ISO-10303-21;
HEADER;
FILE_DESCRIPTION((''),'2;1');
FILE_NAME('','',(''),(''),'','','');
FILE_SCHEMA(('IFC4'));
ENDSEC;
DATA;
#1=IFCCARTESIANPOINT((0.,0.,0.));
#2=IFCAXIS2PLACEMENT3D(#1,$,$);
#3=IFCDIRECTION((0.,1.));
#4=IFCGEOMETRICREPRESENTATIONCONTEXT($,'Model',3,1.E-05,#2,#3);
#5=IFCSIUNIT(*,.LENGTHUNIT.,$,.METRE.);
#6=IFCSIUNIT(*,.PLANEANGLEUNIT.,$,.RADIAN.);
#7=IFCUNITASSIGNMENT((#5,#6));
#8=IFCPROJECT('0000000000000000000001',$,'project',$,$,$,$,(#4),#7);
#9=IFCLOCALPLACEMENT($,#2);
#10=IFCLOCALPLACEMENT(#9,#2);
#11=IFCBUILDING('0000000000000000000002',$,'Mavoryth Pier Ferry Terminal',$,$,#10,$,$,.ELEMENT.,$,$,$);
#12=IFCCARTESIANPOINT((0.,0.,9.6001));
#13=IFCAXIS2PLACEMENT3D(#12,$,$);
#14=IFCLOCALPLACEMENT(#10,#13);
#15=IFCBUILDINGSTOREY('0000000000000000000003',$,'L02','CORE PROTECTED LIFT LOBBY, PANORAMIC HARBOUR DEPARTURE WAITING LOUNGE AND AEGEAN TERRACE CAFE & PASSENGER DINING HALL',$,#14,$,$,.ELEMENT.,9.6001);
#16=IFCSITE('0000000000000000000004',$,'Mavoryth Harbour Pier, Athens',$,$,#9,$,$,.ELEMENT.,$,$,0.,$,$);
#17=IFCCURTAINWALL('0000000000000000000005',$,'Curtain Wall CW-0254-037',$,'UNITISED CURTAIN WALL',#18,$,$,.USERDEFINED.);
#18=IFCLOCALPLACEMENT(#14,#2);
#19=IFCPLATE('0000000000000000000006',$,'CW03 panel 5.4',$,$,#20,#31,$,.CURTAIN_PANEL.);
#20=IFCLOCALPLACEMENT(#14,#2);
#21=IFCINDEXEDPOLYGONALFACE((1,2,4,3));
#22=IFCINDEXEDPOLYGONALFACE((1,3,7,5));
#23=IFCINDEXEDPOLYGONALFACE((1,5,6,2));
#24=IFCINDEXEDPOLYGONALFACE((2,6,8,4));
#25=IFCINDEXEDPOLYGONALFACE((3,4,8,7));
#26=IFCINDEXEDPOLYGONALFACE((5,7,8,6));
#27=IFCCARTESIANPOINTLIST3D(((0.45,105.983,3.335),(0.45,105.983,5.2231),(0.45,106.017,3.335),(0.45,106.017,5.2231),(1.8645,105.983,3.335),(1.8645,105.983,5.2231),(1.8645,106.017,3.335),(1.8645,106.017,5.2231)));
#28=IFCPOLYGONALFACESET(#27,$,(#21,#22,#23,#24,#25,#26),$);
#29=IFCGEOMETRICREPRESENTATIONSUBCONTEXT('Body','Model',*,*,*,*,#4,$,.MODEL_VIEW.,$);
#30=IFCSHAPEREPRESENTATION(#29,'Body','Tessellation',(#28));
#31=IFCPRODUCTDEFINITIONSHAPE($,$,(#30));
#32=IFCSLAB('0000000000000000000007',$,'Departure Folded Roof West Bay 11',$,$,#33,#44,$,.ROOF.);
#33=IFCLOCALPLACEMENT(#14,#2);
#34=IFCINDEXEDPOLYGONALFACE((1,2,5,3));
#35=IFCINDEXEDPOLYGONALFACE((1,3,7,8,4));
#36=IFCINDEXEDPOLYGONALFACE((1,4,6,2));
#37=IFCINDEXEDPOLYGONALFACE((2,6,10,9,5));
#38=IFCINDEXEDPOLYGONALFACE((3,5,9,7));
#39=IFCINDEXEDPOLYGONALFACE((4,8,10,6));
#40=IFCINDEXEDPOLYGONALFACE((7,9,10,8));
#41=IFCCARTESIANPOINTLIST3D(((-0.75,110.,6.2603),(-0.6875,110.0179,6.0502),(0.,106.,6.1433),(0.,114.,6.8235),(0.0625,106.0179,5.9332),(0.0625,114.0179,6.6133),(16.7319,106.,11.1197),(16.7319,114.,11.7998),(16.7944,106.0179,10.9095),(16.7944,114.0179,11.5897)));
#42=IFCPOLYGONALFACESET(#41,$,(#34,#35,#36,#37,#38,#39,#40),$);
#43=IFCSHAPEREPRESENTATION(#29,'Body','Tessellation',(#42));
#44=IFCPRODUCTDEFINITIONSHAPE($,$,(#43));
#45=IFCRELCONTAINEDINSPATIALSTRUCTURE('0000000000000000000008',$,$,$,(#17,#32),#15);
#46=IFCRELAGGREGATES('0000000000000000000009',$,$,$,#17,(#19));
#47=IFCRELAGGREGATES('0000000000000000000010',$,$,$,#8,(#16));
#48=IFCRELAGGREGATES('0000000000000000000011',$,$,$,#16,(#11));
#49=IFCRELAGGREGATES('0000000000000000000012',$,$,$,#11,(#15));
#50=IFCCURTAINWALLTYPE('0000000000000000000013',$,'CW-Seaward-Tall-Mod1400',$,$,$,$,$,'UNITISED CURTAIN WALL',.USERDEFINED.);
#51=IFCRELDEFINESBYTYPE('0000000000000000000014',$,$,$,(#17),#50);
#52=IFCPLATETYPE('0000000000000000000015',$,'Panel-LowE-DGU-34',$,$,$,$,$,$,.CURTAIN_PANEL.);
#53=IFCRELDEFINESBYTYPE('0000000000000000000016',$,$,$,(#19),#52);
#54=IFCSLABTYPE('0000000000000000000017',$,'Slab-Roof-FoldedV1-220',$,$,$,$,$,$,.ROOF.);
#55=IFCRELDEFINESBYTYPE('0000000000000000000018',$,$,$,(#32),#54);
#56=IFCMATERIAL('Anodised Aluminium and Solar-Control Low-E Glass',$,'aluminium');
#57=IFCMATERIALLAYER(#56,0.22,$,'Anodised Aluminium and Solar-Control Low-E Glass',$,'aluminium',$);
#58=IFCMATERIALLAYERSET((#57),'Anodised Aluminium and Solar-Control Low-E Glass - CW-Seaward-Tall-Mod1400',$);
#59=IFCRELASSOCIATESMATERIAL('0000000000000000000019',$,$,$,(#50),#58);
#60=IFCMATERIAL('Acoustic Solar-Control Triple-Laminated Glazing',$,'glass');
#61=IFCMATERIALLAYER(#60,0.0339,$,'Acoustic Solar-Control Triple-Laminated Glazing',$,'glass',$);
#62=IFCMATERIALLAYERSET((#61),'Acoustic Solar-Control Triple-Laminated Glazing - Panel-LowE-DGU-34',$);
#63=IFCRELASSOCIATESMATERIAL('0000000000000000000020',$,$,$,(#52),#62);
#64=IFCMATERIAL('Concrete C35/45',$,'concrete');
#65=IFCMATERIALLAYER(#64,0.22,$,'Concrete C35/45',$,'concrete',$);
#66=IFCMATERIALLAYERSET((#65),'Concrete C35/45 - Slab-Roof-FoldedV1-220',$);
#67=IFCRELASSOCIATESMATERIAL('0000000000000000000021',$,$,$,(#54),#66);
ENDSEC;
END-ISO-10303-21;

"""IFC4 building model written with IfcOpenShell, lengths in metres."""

from ifc_helpers import new_model, si_unit, direction, frame, origin, origin_2d, place, context, subcontext, project, spatial, polyline, rectangle, outline, extrude, material, layer, layer_set, type_object, element, aggregate, save


model = new_model("IFC4")

# Units and contexts
model_context = context("Model", 3, precision=1e-05, world=origin(), true_north=direction((0.0, 1.0)))
body_context = subcontext(model_context, "Body", "Model", "MODEL_VIEW")
ifc_project = project(units=[si_unit("LENGTHUNIT", "METRE"), si_unit("PLANEANGLEUNIT", "RADIAN")], contexts=[model_context])

# Site, building, storey
site_placement = place(None, origin())
site = spatial("IfcSite", under=ifc_project, at=site_placement, Name="Mavoryth Harbour Pier, Athens", CompositionType="ELEMENT", RefElevation=0.0)
building_placement = place(site_placement, origin())
building = spatial("IfcBuilding", under=site, at=building_placement, Name="Mavoryth Pier Ferry Terminal", CompositionType="ELEMENT")
storey_placement = place(building_placement, frame((0.0, 0.0, 9.6001)))
storey = spatial("IfcBuildingStorey", under=building, at=storey_placement, Name="L02", Description="CORE PROTECTED LIFT LOBBY, PANORAMIC HARBOUR DEPARTURE WAITING LOUNGE AND AEGEAN TERRACE CAFE & PASSENGER DINING HALL", CompositionType="ELEMENT", Elevation=9.6001)

# Curtain wall
ifc_material_1 = material(Name="Anodised Aluminium and Solar-Control Low-E Glass", Category="aluminium")
ifc_layer_1 = layer(ifc_material_1, 0.22, Name="Anodised Aluminium and Solar-Control Low-E Glass", Category="aluminium")
ifc_layer_set_1 = layer_set([ifc_layer_1], Name="Anodised Aluminium and Solar-Control Low-E Glass - CW-Seaward-Tall-Mod1400")
curtain_wall_type_1 = type_object("IfcCurtainWallType", Name="CW-Seaward-Tall-Mod1400", ElementType="UNITISED CURTAIN WALL", PredefinedType="USERDEFINED", material=ifc_layer_set_1)
curtain_wall_1_placement = place(storey_placement, origin())
curtain_wall_1 = element("IfcCurtainWall", 1, at=curtain_wall_1_placement, inside=storey, type_object=curtain_wall_type_1, Name="Curtain Wall CW-0254-037", ObjectType="UNITISED CURTAIN WALL", PredefinedType="USERDEFINED")

# Plate
ifc_material_2 = material(Name="Acoustic Solar-Control Triple-Laminated Glazing", Category="glass")
ifc_layer_2 = layer(ifc_material_2, 0.0339, Name="Acoustic Solar-Control Triple-Laminated Glazing", Category="glass")
ifc_layer_set_2 = layer_set([ifc_layer_2], Name="Acoustic Solar-Control Triple-Laminated Glazing - Panel-LowE-DGU-34")
plate_type = type_object("IfcPlateType", Name="Panel-LowE-DGU-34", PredefinedType="CURTAIN_PANEL", material=ifc_layer_set_2)
plate_1_placement = place(storey_placement, frame((1.1572, 106.0, 3.335), z_axis=(0.0, 0.0, 1.0), x_axis=(-1.0, 0.0, 0.0)))
plate_1 = element("IfcPlate", 2, at=plate_1_placement, type_object=plate_type, Name="CW03 panel 5.4", PredefinedType="CURTAIN_PANEL", context=body_context, shape_type="SweptSolid", body=[
    extrude(rectangle(XDim=1.4146, YDim=0.0339, at=origin_2d()), origin(), (0.0, 0.0, 1.0), 1.8882),
])
aggregate(curtain_wall_1, [plate_1])

# Slab
ifc_material_3 = material(Name="Concrete C35/45", Category="concrete")
ifc_layer_3 = layer(ifc_material_3, 0.22, Name="Concrete C35/45", Category="concrete")
ifc_layer_set_3 = layer_set([ifc_layer_3], Name="Concrete C35/45 - Slab-Roof-FoldedV1-220")
slab_type = type_object("IfcSlabType", Name="Slab-Roof-FoldedV1-220", PredefinedType="ROOF", material=ifc_layer_set_3)
slab_placement = place(storey_placement, frame((0.0, 106.0, 6.1433), z_axis=(-0.284134, -0.081225, 0.955338), x_axis=(0.958505, 0.0, 0.285076)))
element("IfcSlab", 3, at=slab_placement, inside=storey, type_object=slab_type, Name="Departure Folded Roof West Bay 11", PredefinedType="ROOF", context=body_context, shape_type="SweptSolid", body=[
    extrude(outline(polyline([(0.0, 0.0), (17.4563, 0.0), (17.6502, 8.0265), (0.1939, 8.0265), (-0.6855, 4.0133), (0.0, 0.0)])), origin(), (0.0, 0.0, -1.0), 0.22),
])

save(model, "model.ifc")
